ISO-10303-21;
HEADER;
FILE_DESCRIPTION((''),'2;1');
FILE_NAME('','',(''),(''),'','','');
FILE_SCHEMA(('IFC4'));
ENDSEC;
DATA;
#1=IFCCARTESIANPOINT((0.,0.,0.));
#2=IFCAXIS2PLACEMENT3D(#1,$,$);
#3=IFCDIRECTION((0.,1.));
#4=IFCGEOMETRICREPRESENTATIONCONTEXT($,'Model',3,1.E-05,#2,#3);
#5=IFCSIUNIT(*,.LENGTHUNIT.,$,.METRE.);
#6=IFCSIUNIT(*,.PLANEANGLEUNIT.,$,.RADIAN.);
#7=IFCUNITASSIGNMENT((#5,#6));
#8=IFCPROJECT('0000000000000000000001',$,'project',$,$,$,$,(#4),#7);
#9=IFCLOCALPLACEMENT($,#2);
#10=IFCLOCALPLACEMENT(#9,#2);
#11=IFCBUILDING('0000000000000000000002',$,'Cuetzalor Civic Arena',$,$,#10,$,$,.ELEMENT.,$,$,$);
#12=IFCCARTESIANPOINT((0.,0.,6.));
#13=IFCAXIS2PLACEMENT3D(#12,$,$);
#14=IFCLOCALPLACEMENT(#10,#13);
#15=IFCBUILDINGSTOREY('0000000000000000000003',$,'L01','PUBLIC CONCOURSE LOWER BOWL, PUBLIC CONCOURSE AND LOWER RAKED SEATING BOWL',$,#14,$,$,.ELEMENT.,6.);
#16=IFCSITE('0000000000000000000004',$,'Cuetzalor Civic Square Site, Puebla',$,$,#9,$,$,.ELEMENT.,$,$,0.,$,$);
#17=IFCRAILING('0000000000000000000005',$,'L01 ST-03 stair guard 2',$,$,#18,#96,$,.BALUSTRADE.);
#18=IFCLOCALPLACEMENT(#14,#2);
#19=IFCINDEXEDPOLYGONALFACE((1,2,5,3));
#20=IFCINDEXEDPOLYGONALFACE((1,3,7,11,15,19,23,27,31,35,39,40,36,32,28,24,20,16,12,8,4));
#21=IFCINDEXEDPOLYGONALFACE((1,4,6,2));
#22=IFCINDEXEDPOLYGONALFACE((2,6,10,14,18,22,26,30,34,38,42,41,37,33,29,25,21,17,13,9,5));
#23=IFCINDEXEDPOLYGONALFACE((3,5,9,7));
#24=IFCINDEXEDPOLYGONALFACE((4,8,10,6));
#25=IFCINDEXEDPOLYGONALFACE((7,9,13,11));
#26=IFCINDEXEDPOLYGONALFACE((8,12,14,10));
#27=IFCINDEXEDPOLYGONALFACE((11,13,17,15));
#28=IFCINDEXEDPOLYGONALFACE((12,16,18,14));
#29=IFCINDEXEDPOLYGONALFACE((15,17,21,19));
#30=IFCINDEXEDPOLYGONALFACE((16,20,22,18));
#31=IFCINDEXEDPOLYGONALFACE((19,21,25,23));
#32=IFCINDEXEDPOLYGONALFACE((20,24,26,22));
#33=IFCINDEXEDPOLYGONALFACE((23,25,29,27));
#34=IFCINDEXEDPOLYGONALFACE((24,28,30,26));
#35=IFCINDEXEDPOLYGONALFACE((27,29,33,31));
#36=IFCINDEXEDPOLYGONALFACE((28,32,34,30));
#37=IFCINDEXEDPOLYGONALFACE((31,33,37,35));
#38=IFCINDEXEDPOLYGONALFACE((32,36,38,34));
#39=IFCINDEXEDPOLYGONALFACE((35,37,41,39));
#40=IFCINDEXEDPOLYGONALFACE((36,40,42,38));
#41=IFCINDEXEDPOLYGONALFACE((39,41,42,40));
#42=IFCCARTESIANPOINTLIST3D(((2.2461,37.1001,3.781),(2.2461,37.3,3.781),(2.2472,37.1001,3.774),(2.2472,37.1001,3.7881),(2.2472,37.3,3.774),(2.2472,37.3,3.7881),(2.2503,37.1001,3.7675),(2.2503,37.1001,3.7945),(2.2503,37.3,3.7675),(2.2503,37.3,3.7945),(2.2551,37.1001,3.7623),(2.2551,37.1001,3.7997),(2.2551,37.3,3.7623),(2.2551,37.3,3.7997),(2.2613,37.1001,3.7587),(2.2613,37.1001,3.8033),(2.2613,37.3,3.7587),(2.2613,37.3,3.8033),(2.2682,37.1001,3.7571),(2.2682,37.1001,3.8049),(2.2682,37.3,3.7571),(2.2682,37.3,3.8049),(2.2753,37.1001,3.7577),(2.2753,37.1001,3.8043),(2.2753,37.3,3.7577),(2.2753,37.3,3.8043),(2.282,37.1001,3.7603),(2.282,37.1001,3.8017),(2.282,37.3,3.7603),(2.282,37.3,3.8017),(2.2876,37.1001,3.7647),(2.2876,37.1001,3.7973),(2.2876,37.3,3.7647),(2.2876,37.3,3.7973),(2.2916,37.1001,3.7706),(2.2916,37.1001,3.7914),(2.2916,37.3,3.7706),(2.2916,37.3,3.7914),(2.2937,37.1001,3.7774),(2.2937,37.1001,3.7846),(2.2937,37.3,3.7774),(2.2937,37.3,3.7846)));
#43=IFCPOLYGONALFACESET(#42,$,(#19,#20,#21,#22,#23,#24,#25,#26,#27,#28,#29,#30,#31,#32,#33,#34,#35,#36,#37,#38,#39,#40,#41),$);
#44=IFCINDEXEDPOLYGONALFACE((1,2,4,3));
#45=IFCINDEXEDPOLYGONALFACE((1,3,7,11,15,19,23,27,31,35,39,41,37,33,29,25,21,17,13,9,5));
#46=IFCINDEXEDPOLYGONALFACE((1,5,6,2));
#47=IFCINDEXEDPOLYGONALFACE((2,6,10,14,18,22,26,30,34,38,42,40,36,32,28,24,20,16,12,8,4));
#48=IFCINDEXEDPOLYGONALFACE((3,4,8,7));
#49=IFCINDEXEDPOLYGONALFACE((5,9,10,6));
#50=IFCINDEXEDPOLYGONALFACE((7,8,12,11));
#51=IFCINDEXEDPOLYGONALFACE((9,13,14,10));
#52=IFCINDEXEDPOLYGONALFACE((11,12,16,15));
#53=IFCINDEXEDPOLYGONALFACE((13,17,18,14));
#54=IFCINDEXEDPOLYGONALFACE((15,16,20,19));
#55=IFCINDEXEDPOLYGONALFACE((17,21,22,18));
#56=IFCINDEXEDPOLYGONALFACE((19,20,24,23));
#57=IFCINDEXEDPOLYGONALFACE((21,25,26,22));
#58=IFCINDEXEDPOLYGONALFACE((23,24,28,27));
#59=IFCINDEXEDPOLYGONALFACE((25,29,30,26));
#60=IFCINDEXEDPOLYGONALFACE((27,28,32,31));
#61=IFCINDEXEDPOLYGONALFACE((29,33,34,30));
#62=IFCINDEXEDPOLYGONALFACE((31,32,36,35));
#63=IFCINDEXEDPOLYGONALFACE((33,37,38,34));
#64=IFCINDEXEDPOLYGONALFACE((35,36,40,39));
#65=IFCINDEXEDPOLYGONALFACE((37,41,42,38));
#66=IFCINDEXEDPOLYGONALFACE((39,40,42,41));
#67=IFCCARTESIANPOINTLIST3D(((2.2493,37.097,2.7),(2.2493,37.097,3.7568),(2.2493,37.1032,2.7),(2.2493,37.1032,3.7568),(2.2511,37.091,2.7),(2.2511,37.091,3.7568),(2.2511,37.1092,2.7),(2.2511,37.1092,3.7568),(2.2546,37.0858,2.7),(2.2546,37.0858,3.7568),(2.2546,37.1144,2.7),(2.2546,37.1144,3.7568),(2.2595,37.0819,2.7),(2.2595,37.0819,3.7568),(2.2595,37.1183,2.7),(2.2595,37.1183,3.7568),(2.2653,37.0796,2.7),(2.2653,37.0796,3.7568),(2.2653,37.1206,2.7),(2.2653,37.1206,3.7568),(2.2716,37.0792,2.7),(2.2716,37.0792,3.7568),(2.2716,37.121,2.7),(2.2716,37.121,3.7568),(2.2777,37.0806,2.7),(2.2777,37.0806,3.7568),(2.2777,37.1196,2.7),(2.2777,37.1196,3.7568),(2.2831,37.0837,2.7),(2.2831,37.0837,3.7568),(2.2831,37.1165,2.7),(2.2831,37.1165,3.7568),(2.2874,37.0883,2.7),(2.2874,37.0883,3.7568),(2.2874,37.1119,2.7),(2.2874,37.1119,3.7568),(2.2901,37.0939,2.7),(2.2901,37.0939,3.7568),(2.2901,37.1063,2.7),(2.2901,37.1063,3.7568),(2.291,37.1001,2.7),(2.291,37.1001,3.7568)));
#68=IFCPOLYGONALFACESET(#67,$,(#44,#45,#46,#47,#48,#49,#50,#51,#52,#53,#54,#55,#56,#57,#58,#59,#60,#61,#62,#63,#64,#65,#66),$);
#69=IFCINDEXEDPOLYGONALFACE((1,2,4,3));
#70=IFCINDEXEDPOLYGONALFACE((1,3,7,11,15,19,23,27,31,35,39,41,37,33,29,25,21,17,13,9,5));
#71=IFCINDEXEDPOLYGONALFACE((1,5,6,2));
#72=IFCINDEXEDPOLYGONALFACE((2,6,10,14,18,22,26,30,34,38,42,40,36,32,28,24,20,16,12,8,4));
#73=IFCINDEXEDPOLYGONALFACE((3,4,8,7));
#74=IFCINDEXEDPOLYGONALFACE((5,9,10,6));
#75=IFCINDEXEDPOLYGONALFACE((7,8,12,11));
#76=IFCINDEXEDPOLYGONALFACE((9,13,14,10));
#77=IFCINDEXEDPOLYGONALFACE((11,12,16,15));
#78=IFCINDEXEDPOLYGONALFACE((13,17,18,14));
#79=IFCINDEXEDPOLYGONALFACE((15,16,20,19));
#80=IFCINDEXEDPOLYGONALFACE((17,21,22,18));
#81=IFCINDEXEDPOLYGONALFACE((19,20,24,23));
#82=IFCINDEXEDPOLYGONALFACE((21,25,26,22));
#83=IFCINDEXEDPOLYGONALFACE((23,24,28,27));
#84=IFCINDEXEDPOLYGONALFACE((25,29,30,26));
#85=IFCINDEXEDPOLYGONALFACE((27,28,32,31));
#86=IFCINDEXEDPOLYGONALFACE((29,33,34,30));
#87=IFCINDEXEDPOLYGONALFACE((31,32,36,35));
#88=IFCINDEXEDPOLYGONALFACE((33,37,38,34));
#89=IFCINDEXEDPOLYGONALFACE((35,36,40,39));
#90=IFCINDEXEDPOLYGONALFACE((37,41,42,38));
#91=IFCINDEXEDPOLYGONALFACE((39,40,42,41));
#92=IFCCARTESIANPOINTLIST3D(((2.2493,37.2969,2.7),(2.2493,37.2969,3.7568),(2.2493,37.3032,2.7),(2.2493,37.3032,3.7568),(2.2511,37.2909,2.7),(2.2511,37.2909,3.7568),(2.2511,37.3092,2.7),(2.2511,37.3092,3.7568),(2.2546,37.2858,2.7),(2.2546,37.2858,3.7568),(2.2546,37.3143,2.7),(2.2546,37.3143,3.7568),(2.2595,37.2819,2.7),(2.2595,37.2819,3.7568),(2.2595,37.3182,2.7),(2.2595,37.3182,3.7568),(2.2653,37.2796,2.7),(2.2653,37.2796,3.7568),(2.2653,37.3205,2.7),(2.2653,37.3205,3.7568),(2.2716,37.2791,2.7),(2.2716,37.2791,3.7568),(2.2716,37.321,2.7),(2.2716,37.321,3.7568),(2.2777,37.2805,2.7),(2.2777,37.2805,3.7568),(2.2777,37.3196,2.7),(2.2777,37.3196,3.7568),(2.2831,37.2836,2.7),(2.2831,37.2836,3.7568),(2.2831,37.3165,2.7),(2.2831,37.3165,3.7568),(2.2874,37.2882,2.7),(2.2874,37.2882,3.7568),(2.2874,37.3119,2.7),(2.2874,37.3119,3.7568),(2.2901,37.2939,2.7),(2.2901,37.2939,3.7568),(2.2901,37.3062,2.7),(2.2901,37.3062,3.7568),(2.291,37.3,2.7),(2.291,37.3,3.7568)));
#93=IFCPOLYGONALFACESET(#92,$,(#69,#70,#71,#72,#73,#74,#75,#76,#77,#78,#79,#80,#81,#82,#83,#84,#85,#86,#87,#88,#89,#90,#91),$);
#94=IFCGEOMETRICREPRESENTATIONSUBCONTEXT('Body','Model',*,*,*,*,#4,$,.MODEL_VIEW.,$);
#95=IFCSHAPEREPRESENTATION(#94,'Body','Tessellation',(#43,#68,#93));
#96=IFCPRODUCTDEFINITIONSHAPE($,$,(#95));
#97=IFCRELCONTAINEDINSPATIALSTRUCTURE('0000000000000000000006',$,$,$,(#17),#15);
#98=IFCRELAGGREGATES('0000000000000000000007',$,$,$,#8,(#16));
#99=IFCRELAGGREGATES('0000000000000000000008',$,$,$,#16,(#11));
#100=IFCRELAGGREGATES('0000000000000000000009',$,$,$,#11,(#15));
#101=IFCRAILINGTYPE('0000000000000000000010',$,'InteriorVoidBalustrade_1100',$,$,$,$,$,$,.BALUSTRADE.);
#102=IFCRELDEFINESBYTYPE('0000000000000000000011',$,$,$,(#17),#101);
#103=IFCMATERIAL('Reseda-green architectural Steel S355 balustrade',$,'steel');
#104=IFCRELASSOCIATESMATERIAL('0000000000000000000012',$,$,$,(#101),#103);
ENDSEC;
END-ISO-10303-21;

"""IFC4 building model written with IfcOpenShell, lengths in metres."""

from ifc_helpers import new_model, si_unit, direction, frame, origin, origin_2d, place, context, subcontext, project, spatial, circle, extrude, material, type_object, element, save


model = new_model("IFC4")

# Units and contexts
model_context = context("Model", 3, precision=1e-05, world=origin(), true_north=direction((0.0, 1.0)))
body_context = subcontext(model_context, "Body", "Model", "MODEL_VIEW")
ifc_project = project(units=[si_unit("LENGTHUNIT", "METRE"), si_unit("PLANEANGLEUNIT", "RADIAN")], contexts=[model_context])

# Site, building, storey
site_placement = place(None, origin())
site = spatial("IfcSite", under=ifc_project, at=site_placement, Name="Cuetzalor Civic Square Site, Puebla", CompositionType="ELEMENT", RefElevation=0.0)
building_placement = place(site_placement, origin())
building = spatial("IfcBuilding", under=site, at=building_placement, Name="Cuetzalor Civic Arena", CompositionType="ELEMENT")
storey_placement = place(building_placement, frame((0.0, 0.0, 6.0)))
storey = spatial("IfcBuildingStorey", under=building, at=storey_placement, Name="L01", Description="PUBLIC CONCOURSE LOWER BOWL, PUBLIC CONCOURSE AND LOWER RAKED SEATING BOWL", CompositionType="ELEMENT", Elevation=6.0)

# Railing
ifc_material_1 = material(Name="Reseda-green architectural Steel S355 balustrade", Category="steel")
railing_type_1 = type_object("IfcRailingType", Name="InteriorVoidBalustrade_1100", PredefinedType="BALUSTRADE", material=ifc_material_1)
railing_1_placement = place(storey_placement, frame((2.27, 37.1001, 2.7)))
element("IfcRailing", 1, at=railing_1_placement, inside=storey, type_object=railing_type_1, Name="L01 ST-03 stair guard 2", PredefinedType="BALUSTRADE", context=body_context, shape_type="SweptSolid", body=[
    extrude(circle(Radius=0.0239, at=origin_2d()), frame((0.0, 0.0, 1.0811), z_axis=(0.0, 1.0, 0.0), x_axis=(-1.0, 0.0, 0.0)), (0.0, 0.0, 1.0), 0.2),
    extrude(circle(Radius=0.021, at=origin_2d()), origin(), (0.0, 0.0, 1.0), 1.0569),
    extrude(circle(Radius=0.021, at=origin_2d()), frame((0.0, 0.2, 0.0)), (0.0, 0.0, 1.0), 1.0569),
])

save(model, "model.ifc")
